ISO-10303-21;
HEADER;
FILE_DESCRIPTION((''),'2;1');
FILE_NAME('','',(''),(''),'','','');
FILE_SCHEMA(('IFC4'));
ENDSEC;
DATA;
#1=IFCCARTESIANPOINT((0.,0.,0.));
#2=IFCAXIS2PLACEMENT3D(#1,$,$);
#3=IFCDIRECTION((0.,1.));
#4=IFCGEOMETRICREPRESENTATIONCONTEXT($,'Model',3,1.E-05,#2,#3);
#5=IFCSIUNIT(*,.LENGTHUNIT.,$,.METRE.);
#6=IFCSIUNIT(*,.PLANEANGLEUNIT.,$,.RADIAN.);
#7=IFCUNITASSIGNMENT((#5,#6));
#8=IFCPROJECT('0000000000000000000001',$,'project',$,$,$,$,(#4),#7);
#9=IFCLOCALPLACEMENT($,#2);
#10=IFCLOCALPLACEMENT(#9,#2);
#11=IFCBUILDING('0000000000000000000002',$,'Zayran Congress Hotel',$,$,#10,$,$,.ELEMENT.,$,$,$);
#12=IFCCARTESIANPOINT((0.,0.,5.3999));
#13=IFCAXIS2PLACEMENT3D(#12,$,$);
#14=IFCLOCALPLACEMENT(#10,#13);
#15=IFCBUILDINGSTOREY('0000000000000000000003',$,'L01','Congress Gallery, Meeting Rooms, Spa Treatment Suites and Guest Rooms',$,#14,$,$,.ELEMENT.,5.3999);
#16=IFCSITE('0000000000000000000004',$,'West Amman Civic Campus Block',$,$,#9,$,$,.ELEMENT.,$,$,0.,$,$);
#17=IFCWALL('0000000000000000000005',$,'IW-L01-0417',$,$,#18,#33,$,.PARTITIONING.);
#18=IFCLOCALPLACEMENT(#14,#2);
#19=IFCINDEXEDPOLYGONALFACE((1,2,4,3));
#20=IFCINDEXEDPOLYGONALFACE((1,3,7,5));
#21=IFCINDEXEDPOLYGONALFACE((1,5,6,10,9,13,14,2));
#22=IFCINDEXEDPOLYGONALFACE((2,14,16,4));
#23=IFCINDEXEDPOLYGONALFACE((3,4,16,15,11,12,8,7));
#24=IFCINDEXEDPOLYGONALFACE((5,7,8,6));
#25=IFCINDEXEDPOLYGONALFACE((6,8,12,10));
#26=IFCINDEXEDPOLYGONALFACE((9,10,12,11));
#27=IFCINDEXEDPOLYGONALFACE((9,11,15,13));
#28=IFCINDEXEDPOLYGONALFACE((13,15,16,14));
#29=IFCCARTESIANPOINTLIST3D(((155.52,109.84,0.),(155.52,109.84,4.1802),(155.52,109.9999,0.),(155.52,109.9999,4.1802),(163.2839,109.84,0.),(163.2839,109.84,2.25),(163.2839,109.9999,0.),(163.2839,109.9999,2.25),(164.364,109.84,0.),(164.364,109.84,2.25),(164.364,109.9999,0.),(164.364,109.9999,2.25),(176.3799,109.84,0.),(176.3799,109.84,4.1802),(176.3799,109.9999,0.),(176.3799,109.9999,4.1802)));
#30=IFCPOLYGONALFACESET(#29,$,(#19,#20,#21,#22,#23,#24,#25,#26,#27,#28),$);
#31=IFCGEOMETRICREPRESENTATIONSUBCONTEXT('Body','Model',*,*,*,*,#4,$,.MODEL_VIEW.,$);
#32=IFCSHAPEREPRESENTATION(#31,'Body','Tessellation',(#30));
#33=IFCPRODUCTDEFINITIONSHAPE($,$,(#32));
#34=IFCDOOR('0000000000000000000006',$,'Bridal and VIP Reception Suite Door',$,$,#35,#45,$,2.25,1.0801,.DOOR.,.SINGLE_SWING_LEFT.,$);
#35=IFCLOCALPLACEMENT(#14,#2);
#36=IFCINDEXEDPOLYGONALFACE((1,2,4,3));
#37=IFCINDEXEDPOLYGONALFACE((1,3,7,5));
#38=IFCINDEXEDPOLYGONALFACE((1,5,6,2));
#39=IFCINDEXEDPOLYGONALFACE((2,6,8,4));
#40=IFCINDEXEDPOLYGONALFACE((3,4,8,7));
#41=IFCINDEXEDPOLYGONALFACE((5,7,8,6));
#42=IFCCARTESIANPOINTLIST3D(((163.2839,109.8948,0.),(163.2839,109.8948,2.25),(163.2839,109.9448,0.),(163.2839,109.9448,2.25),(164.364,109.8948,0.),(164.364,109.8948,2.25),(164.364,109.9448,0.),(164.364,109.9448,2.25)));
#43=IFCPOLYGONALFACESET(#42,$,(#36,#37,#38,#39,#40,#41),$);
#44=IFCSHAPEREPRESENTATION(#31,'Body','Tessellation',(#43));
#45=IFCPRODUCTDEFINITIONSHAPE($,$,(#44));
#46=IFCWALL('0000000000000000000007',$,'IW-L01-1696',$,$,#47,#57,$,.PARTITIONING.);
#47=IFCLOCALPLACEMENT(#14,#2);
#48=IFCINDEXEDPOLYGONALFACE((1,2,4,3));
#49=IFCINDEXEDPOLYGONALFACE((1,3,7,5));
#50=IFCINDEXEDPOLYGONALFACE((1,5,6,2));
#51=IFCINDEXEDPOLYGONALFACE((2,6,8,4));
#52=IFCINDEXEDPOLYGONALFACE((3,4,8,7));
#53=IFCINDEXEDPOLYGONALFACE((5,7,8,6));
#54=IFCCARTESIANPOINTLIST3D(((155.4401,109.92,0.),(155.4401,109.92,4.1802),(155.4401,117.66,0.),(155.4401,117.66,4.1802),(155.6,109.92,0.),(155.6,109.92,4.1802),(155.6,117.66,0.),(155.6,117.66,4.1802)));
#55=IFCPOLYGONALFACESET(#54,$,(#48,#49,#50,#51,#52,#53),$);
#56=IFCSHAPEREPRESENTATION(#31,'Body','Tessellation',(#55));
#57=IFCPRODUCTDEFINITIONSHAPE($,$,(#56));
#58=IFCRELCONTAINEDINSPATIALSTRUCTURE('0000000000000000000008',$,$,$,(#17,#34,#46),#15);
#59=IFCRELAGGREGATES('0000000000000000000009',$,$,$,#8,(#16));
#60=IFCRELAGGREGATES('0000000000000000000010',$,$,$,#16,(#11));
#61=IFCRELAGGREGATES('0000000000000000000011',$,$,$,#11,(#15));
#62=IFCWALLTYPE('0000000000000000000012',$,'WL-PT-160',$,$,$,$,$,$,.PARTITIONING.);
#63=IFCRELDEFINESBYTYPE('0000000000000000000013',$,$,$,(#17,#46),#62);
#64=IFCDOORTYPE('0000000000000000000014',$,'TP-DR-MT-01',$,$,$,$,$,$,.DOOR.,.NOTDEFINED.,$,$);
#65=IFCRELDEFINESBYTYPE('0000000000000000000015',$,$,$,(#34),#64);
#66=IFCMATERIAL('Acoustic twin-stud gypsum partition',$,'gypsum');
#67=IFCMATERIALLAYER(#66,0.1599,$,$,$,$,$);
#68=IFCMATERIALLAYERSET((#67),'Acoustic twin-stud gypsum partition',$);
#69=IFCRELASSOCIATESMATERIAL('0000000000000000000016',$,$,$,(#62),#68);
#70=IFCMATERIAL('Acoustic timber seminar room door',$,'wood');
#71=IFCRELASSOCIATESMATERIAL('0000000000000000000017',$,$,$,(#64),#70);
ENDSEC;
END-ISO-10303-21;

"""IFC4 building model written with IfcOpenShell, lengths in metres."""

from ifc_helpers import new_model, si_unit, direction, frame, frame_2d, origin, place, context, subcontext, project, spatial, rectangle, extrude, material, layer, layer_set, type_object, element, fill, save


model = new_model("IFC4")

# Units and contexts
model_context = context("Model", 3, precision=1e-05, world=origin(), true_north=direction((0.0, 1.0)))
body_context = subcontext(model_context, "Body", "Model", "MODEL_VIEW")
ifc_project = project(units=[si_unit("LENGTHUNIT", "METRE"), si_unit("PLANEANGLEUNIT", "RADIAN")], contexts=[model_context])

# Site, building, storey
site_placement = place(None, origin())
site = spatial("IfcSite", under=ifc_project, at=site_placement, Name="West Amman Civic Campus Block", CompositionType="ELEMENT", RefElevation=0.0)
building_placement = place(site_placement, origin())
building = spatial("IfcBuilding", under=site, at=building_placement, Name="Zayran Congress Hotel", CompositionType="ELEMENT")
storey_placement = place(building_placement, frame((0.0, 0.0, 5.3999)))
storey = spatial("IfcBuildingStorey", under=building, at=storey_placement, Name="L01", Description="Congress Gallery, Meeting Rooms, Spa Treatment Suites and Guest Rooms", CompositionType="ELEMENT", Elevation=5.3999)

# Wall, opening, door
ifc_material_1 = material(Name="Acoustic twin-stud gypsum partition", Category="gypsum")
ifc_layer_1 = layer(ifc_material_1, 0.1599)
ifc_layer_set_1 = layer_set([ifc_layer_1], Name="Acoustic twin-stud gypsum partition")
wall_type_1 = type_object("IfcWallType", Name="WL-PT-160", PredefinedType="PARTITIONING", material=ifc_layer_set_1)
wall_1_placement = place(storey_placement, frame((155.52, 109.9199, 0.0), z_axis=(0.0, 0.0, 1.0), x_axis=(1.0, 0.0, 0.0)))
wall_1 = element("IfcWall", 1, at=wall_1_placement, inside=storey, type_object=wall_type_1, Name="IW-L01-0417", PredefinedType="PARTITIONING", context=body_context, shape_type="SweptSolid", body=[
    extrude(rectangle(XDim=20.8599, YDim=0.1599, at=frame_2d((10.4299, 0.0))), origin(), (0.0, 0.0, 1.0), 4.1802),
])
opening_1_placement = place(wall_1_placement, frame((7.7639, 0.0, 0.0)))
opening_1 = element("IfcOpeningElement", 2, at=opening_1_placement, cuts=wall_1, PredefinedType="OPENING", context=body_context, shape_type="SweptSolid", body=[
    extrude(rectangle(XDim=1.0801, YDim=2.25, at=frame_2d((0.54, 1.125))), frame((0.0, 0.0898, 0.0), z_axis=(0.0, -1.0, 0.0), x_axis=(1.0, 0.0, 0.0)), (0.0, 0.0, 1.0), 0.1799),
])
ifc_material_2 = material(Name="Acoustic timber seminar room door", Category="wood")
door_type_1 = type_object("IfcDoorType", Name="TP-DR-MT-01", OperationType="NOTDEFINED", PredefinedType="DOOR", material=ifc_material_2)
door_1_placement = place(opening_1_placement, origin())
door_1 = element("IfcDoor", 3, at=door_1_placement, inside=storey, type_object=door_type_1, Name="Bridal and VIP Reception Suite Door", OperationType="SINGLE_SWING_LEFT", OverallHeight=2.25, OverallWidth=1.0801, PredefinedType="DOOR", context=body_context, shape_type="SweptSolid", body=[
    extrude(rectangle(XDim=1.0801, YDim=2.25, at=frame_2d((0.54, 1.125))), frame((0.0, 0.0249, 0.0), z_axis=(0.0, -1.0, 0.0), x_axis=(1.0, 0.0, 0.0)), (0.0, 0.0, 1.0), 0.05),
])
fill(opening_1, door_1)

# Wall
wall_2_placement = place(storey_placement, frame((155.52, 109.9199, 0.0), z_axis=(0.0, 0.0, 1.0), x_axis=(0.0, 1.0, 0.0)))
element("IfcWall", 4, at=wall_2_placement, inside=storey, type_object=wall_type_1, Name="IW-L01-1696", PredefinedType="PARTITIONING", context=body_context, shape_type="SweptSolid", body=[
    extrude(rectangle(XDim=7.74, YDim=0.1599, at=frame_2d((3.8701, 0.0))), origin(), (0.0, 0.0, 1.0), 4.1802),
])

save(model, "model.ifc")
